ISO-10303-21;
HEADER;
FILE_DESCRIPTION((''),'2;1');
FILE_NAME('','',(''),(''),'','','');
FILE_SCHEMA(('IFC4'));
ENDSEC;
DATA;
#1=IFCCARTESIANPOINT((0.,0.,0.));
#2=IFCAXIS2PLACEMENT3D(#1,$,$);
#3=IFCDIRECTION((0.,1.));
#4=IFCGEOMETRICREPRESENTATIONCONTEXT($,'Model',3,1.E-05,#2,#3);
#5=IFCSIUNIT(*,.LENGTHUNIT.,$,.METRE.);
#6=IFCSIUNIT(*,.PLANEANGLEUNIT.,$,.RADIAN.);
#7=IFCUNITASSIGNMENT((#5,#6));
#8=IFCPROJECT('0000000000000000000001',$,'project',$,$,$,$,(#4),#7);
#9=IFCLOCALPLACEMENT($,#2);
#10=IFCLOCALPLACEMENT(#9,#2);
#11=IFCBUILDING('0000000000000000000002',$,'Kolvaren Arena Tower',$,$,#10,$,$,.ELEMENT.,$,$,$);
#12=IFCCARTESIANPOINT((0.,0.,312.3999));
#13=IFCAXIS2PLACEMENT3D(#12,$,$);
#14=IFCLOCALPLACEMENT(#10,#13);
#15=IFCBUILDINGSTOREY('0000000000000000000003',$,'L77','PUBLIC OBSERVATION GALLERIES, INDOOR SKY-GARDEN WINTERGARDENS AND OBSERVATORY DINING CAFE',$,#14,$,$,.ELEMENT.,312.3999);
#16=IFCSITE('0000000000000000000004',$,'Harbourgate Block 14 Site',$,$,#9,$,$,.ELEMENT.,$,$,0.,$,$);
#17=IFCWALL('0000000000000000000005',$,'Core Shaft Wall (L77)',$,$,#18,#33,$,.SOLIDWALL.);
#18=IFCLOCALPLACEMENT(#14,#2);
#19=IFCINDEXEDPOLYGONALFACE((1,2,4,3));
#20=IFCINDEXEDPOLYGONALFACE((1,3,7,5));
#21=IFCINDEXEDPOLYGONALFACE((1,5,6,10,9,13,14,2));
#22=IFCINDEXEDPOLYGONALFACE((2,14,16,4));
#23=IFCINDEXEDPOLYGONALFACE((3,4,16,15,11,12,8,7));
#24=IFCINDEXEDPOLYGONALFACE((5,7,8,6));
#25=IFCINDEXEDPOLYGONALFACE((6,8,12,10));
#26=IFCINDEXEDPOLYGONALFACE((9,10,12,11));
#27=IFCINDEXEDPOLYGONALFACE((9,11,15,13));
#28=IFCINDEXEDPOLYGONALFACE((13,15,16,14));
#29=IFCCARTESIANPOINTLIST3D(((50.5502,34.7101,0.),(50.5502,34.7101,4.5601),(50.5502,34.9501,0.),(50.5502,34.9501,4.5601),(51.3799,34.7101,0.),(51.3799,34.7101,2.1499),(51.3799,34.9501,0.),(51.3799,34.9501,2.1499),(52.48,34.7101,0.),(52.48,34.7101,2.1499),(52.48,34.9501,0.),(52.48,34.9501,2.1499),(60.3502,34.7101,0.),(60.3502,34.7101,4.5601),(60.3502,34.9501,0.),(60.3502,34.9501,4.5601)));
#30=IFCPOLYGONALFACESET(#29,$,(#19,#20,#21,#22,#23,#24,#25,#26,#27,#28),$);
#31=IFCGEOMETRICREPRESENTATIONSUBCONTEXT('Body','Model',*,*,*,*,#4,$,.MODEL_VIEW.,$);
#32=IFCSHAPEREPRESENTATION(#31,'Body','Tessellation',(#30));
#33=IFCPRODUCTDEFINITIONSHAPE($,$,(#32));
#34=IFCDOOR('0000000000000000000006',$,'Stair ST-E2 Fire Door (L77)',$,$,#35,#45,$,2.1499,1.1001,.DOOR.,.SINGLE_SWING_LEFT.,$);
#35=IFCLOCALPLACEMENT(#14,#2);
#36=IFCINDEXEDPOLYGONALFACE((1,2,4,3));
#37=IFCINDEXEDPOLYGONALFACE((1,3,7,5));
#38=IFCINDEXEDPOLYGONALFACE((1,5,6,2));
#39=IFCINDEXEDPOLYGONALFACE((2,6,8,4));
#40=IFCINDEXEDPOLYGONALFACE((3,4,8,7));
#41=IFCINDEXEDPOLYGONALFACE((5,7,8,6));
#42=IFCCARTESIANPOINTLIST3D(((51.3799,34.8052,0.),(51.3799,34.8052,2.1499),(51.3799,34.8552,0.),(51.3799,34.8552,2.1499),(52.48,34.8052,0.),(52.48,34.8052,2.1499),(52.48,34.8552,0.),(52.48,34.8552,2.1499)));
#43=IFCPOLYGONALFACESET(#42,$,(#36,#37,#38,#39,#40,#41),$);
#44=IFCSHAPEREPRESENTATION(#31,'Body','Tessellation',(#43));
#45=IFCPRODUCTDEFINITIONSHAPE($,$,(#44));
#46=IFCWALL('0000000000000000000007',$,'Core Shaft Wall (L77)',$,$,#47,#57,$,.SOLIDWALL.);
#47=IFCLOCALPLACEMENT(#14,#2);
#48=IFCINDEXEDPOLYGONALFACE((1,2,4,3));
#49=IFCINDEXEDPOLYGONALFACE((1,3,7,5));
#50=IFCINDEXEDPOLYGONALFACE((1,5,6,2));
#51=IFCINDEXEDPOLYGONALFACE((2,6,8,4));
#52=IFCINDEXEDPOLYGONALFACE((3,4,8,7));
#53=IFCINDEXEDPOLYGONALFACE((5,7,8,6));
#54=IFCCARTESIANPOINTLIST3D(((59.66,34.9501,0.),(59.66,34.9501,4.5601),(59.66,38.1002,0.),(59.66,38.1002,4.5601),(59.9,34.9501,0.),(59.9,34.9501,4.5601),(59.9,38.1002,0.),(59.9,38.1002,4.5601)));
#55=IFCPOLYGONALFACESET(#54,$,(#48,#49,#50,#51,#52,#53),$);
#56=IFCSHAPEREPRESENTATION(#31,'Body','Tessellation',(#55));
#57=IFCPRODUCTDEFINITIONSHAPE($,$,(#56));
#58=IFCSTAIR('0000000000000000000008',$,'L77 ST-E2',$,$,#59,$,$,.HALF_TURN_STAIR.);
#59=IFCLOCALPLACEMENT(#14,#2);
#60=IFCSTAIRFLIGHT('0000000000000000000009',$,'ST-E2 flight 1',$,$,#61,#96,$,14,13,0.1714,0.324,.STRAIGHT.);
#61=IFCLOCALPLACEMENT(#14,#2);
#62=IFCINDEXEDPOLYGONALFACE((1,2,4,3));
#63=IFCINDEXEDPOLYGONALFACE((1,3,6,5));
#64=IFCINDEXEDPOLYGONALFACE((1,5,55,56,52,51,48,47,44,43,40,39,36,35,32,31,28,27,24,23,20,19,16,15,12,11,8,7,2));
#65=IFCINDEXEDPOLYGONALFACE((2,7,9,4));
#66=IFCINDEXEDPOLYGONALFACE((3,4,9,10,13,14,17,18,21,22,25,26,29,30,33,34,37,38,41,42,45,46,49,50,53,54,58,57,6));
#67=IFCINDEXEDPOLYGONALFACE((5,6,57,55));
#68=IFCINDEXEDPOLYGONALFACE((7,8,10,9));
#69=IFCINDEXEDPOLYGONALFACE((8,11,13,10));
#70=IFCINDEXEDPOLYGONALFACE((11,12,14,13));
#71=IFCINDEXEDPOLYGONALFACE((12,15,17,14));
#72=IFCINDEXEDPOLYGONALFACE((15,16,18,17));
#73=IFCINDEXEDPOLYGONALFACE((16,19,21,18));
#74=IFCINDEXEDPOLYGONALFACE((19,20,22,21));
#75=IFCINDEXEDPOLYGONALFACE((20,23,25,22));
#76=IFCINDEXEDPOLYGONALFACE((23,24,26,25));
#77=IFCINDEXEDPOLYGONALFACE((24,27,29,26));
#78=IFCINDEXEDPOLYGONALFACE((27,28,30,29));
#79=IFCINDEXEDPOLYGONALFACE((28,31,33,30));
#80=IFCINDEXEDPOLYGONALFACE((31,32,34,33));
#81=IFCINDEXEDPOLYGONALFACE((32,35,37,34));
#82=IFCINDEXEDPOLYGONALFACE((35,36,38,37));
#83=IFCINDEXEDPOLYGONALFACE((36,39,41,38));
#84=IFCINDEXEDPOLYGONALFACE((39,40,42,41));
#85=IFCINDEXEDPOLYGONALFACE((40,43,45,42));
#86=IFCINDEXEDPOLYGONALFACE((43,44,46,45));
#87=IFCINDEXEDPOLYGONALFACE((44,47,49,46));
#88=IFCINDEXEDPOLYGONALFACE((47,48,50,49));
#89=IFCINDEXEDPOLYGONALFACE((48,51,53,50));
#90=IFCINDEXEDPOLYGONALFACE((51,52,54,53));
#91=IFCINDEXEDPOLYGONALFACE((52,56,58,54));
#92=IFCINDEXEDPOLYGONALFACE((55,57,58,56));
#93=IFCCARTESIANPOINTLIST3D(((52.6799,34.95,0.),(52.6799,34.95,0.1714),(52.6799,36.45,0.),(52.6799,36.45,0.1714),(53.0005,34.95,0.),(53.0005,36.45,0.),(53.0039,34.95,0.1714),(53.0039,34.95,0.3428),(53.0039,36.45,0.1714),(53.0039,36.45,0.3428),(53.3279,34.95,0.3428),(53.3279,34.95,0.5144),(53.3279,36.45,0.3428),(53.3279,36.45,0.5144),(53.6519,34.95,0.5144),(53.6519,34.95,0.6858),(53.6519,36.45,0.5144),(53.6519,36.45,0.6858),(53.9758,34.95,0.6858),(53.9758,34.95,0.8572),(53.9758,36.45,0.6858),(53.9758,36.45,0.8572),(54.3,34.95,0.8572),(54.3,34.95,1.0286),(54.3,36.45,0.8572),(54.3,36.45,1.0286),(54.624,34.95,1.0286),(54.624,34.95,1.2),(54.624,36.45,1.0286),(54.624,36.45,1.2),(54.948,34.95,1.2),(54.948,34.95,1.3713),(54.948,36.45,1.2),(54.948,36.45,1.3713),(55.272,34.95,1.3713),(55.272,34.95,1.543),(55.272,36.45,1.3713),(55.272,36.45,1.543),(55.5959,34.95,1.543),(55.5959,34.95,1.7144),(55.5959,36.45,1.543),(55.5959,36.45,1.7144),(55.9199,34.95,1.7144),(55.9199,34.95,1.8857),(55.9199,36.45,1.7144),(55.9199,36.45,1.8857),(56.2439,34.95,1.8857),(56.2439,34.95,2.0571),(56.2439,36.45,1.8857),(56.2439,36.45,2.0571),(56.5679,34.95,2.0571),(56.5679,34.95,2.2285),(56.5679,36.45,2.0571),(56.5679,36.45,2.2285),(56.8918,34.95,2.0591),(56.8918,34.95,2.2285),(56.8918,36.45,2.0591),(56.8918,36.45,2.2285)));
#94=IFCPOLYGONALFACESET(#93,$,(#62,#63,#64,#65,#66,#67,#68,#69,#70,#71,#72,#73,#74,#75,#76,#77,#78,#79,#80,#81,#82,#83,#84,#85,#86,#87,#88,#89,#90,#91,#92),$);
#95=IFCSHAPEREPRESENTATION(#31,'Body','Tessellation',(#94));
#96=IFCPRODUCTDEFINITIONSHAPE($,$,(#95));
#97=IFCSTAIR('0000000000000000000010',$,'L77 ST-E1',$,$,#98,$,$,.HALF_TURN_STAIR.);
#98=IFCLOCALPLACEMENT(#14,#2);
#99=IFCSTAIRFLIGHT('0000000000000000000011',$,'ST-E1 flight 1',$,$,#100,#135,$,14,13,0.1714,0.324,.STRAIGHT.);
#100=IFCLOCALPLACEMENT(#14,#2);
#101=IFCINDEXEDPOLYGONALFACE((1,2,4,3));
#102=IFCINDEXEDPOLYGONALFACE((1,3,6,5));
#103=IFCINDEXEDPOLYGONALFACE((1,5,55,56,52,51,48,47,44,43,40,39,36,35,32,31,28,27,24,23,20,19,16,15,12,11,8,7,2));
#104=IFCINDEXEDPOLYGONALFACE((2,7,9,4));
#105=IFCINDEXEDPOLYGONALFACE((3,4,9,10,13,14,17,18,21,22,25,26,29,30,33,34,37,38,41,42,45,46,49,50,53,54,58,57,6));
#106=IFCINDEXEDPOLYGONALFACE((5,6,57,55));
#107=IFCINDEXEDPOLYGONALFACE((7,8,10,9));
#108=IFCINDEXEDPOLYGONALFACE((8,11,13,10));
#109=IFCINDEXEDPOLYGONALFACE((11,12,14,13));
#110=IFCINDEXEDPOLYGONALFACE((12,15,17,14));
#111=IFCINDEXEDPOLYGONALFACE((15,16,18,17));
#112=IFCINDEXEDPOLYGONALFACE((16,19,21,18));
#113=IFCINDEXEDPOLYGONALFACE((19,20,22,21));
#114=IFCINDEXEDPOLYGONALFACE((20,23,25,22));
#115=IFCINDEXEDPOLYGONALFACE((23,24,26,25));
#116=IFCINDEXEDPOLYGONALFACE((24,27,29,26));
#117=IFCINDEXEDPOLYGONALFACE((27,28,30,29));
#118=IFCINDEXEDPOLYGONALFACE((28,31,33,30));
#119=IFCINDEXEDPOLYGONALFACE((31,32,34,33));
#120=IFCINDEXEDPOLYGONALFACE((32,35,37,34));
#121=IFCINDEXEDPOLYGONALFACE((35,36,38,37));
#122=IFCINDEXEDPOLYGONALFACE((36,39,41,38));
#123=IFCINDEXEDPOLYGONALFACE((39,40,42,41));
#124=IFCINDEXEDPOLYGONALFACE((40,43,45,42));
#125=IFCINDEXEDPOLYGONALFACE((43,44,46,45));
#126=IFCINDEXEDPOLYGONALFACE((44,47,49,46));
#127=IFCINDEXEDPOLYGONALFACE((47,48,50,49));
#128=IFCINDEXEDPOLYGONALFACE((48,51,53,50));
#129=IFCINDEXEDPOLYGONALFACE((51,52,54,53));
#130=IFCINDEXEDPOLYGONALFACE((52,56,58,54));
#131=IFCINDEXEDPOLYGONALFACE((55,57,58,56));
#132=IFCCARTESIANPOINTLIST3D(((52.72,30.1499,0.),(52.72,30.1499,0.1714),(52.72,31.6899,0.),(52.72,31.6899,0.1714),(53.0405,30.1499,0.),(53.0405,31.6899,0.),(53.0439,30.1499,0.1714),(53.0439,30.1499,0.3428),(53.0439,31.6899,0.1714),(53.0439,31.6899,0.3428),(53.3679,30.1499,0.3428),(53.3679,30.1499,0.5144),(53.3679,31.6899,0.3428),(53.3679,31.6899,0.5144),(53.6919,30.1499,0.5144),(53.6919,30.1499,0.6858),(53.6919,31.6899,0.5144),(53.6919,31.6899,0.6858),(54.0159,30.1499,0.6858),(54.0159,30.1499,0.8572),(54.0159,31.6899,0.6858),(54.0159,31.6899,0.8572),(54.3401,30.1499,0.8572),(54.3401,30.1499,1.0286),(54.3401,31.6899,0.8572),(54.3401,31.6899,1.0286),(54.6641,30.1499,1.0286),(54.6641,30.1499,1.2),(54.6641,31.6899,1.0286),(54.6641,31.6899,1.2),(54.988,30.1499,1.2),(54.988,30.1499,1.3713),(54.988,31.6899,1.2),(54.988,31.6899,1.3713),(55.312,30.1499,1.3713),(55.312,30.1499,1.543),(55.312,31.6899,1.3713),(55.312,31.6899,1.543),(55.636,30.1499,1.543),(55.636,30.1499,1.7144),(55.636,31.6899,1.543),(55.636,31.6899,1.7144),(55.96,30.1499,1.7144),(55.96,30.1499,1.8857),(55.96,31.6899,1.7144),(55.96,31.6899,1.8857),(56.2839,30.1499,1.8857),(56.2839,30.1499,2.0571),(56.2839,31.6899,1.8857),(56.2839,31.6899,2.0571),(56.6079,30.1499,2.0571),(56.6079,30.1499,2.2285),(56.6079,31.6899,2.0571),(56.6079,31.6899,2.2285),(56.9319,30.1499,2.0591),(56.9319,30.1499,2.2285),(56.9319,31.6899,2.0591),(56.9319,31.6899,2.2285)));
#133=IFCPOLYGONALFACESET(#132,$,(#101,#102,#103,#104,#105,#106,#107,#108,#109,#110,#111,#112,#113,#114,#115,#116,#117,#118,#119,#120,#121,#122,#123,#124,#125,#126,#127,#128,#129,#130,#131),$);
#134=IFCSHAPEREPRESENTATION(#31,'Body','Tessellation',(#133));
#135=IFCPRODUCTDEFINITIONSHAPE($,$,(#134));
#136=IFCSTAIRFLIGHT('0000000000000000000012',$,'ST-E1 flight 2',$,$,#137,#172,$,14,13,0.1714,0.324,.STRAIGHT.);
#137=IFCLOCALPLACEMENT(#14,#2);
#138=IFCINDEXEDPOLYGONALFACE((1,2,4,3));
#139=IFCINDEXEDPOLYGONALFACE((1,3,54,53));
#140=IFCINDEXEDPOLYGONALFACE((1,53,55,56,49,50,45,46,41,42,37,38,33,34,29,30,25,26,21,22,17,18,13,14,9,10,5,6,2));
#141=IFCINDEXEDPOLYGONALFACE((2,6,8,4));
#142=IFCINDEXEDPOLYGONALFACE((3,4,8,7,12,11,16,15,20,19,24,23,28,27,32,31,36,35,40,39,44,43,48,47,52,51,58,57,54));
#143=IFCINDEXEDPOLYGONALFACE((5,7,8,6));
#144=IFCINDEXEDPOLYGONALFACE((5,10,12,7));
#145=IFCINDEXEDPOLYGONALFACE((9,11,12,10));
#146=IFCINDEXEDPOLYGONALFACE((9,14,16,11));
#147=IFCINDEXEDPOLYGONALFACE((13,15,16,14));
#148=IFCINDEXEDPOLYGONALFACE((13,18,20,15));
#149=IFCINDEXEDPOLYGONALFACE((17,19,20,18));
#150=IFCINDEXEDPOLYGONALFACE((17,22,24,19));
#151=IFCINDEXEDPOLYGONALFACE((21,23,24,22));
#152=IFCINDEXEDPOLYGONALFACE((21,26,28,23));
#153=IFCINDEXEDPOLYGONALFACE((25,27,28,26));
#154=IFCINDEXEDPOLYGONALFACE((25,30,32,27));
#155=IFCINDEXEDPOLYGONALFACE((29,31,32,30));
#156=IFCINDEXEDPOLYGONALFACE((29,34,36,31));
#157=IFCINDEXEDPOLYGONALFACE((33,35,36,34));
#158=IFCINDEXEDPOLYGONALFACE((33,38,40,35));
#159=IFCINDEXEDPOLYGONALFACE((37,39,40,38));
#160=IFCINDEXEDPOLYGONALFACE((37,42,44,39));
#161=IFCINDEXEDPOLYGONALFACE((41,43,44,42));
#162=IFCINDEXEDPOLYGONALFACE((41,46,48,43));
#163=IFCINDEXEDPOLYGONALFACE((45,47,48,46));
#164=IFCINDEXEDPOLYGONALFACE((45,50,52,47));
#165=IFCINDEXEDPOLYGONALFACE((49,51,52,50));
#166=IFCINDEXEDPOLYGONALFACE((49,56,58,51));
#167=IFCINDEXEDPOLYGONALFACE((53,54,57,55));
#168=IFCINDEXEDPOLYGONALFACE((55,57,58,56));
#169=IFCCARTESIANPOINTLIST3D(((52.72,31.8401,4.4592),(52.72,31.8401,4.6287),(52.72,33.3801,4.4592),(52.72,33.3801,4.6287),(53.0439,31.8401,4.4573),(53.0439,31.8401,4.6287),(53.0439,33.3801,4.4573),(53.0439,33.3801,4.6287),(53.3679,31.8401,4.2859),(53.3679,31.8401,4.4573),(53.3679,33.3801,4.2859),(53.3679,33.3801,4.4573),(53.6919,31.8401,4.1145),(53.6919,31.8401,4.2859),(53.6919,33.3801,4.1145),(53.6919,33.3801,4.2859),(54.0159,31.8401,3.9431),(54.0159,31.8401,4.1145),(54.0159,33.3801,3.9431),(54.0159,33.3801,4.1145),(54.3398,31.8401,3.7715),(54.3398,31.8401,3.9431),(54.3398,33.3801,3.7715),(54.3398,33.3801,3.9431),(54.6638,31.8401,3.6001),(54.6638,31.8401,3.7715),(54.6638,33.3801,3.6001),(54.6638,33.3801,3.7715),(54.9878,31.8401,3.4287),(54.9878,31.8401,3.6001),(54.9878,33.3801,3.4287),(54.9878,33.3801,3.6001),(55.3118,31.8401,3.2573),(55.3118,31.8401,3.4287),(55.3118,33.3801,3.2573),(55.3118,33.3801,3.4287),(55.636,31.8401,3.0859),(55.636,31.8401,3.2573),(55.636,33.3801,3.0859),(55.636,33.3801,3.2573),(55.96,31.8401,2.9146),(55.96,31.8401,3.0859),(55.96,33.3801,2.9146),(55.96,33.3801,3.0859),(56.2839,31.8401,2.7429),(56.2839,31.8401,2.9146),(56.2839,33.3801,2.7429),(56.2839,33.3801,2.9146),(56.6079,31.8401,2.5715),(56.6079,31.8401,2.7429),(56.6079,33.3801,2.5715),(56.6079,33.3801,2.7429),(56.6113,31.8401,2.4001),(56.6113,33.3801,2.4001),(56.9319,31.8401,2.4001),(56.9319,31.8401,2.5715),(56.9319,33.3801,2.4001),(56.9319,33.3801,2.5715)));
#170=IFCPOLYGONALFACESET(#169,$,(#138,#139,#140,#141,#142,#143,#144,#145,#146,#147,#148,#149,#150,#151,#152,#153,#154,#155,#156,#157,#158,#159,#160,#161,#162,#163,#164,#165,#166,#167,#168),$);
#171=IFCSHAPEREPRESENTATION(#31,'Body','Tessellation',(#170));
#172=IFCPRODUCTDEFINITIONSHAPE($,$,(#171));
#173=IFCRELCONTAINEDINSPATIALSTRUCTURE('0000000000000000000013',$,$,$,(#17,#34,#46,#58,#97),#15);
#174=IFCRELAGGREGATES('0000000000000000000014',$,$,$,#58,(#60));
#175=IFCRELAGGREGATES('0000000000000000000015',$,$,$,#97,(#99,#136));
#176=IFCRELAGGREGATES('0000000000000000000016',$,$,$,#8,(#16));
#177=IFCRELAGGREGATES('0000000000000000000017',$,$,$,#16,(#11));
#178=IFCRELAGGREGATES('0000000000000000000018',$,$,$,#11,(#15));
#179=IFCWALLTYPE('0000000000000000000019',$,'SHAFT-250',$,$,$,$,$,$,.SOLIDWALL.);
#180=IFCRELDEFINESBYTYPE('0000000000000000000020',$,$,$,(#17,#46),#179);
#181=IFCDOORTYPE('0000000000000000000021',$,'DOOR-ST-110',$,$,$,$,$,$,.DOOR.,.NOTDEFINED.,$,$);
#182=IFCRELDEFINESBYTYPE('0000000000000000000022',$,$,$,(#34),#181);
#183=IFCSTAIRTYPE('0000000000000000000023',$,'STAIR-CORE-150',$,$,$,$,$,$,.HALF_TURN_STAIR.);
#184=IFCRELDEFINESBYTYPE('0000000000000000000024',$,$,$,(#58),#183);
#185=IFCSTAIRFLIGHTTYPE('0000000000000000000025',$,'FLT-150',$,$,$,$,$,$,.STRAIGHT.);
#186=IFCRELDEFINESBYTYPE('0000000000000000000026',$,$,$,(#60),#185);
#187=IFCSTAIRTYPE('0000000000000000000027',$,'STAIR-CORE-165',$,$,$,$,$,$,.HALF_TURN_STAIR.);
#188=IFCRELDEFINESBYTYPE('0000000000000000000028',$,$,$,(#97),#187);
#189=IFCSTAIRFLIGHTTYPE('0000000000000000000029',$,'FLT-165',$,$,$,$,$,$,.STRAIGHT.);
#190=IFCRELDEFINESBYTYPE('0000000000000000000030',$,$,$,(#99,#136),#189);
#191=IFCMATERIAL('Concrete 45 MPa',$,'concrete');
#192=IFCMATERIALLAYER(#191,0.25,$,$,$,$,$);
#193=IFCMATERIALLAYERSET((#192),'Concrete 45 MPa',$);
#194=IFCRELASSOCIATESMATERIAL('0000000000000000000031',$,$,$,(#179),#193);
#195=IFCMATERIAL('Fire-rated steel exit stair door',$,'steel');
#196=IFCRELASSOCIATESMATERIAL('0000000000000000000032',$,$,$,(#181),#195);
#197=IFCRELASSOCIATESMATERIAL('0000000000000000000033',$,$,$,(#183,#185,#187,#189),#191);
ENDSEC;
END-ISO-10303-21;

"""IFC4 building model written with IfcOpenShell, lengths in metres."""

from ifc_helpers import new_model, si_unit, direction, frame, frame_2d, origin, place, context, subcontext, project, spatial, polyline, rectangle, outline, extrude, material, layer, layer_set, type_object, element, fill, aggregate, save


model = new_model("IFC4")

# Units and contexts
model_context = context("Model", 3, precision=1e-05, world=origin(), true_north=direction((0.0, 1.0)))
body_context = subcontext(model_context, "Body", "Model", "MODEL_VIEW")
ifc_project = project(units=[si_unit("LENGTHUNIT", "METRE"), si_unit("PLANEANGLEUNIT", "RADIAN")], contexts=[model_context])

# Site, building, storey
site_placement = place(None, origin())
site = spatial("IfcSite", under=ifc_project, at=site_placement, Name="Harbourgate Block 14 Site", CompositionType="ELEMENT", RefElevation=0.0)
building_placement = place(site_placement, origin())
building = spatial("IfcBuilding", under=site, at=building_placement, Name="Kolvaren Arena Tower", CompositionType="ELEMENT")
storey_placement = place(building_placement, frame((0.0, 0.0, 312.3999)))
storey = spatial("IfcBuildingStorey", under=building, at=storey_placement, Name="L77", Description="PUBLIC OBSERVATION GALLERIES, INDOOR SKY-GARDEN WINTERGARDENS AND OBSERVATORY DINING CAFE", CompositionType="ELEMENT", Elevation=312.3999)

# Shared definitions
ifc_material_1 = material(Name="Concrete 45 MPa", Category="concrete")
ifc_layer = layer(ifc_material_1, 0.25)
ifc_layer_set = layer_set([ifc_layer], Name="Concrete 45 MPa")
wall_type = type_object("IfcWallType", Name="SHAFT-250", PredefinedType="SOLIDWALL", material=ifc_layer_set)

# Wall, opening, door
wall_1_placement = place(storey_placement, frame((60.3501, 34.8301, 0.0), z_axis=(0.0, 0.0, 1.0), x_axis=(-1.0, 0.0, 0.0)))
wall_1 = element("IfcWall", 1, at=wall_1_placement, inside=storey, type_object=wall_type, Name="Core Shaft Wall (L77)", PredefinedType="SOLIDWALL", context=body_context, shape_type="SweptSolid", body=[
    extrude(rectangle(XDim=9.8, YDim=0.24, at=frame_2d((4.8999, 0.0))), origin(), (0.0, 0.0, 1.0), 4.5601),
])
opening_placement = place(wall_1_placement, frame((7.8701, 0.0, 0.0)))
opening = element("IfcOpeningElement", 2, at=opening_placement, cuts=wall_1, PredefinedType="OPENING", context=body_context, shape_type="SweptSolid", body=[
    extrude(rectangle(XDim=1.1001, YDim=2.1499, at=frame_2d((0.55, 1.075))), frame((0.0, 0.1299, 0.0), z_axis=(0.0, -1.0, 0.0), x_axis=(1.0, 0.0, 0.0)), (0.0, 0.0, 1.0), 0.26),
])
ifc_material_2 = material(Name="Fire-rated steel exit stair door", Category="steel")
door_type = type_object("IfcDoorType", Name="DOOR-ST-110", OperationType="NOTDEFINED", PredefinedType="DOOR", material=ifc_material_2)
door_placement = place(opening_placement, origin())
door = element("IfcDoor", 3, at=door_placement, inside=storey, type_object=door_type, Name="Stair ST-E2 Fire Door (L77)", OperationType="SINGLE_SWING_LEFT", OverallHeight=2.1499, OverallWidth=1.1001, PredefinedType="DOOR", context=body_context, shape_type="SweptSolid", body=[
    extrude(rectangle(XDim=1.1001, YDim=2.1499, at=frame_2d((0.55, 1.075))), frame((0.0, 0.0249, 0.0), z_axis=(0.0, -1.0, 0.0), x_axis=(1.0, 0.0, 0.0)), (0.0, 0.0, 1.0), 0.05),
])
fill(opening, door)

# Wall
wall_2_placement = place(storey_placement, frame((59.78, 34.95, 0.0), z_axis=(0.0, 0.0, 1.0), x_axis=(0.0, 1.0, 0.0)))
element("IfcWall", 4, at=wall_2_placement, inside=storey, type_object=wall_type, Name="Core Shaft Wall (L77)", PredefinedType="SOLIDWALL", context=body_context, shape_type="SweptSolid", body=[
    extrude(rectangle(XDim=3.1501, YDim=0.24, at=frame_2d((1.5752, 0.0))), origin(), (0.0, 0.0, 1.0), 4.5601),
])

# Stair, stair flight
stair_type_1 = type_object("IfcStairType", Name="STAIR-CORE-150", PredefinedType="HALF_TURN_STAIR", material=ifc_material_1)
stair_1_placement = place(storey_placement, origin())
stair_1 = element("IfcStair", 5, at=stair_1_placement, inside=storey, type_object=stair_type_1, Name="L77 ST-E2", PredefinedType="HALF_TURN_STAIR")
stair_flight_type_1 = type_object("IfcStairFlightType", Name="FLT-150", PredefinedType="STRAIGHT", material=ifc_material_1)
stair_flight_1_placement = place(storey_placement, frame((52.6799, 35.7, 0.0), z_axis=(0.0, 0.0, 1.0), x_axis=(1.0, 0.0, 0.0)))
stair_flight_1 = element("IfcStairFlight", 6, at=stair_flight_1_placement, type_object=stair_flight_type_1, Name="ST-E2 flight 1", NumberOfRisers=14, NumberOfTreads=13, PredefinedType="STRAIGHT", RiserHeight=0.1714, TreadLength=0.324, context=body_context, shape_type="SweptSolid", body=[
    extrude(outline(polyline([(0.0, 0.0), (0.0, 0.1714), (0.324, 0.1714), (0.324, 0.3428), (0.6479, 0.3428), (0.6479, 0.5144), (0.9719, 0.5144), (0.9719, 0.6858), (1.2959, 0.6858), (1.2959, 0.8572), (1.6201, 0.8572), (1.6201, 1.0286), (1.9441, 1.0286), (1.9441, 1.2), (2.2681, 1.2), (2.2681, 1.3713), (2.592, 1.3713), (2.592, 1.543), (2.916, 1.543), (2.916, 1.7144), (3.24, 1.7144), (3.24, 1.8857), (3.564, 1.8857), (3.564, 2.0571), (3.8879, 2.0571), (3.8879, 2.2285), (4.2119, 2.2285), (4.2119, 2.3999), (4.2119, 2.0591), (0.3206, 0.0), (0.0, 0.0)])), frame((0.0, 0.75, 0.0), z_axis=(0.0, -1.0, 0.0), x_axis=(1.0, 0.0, 0.0)), (0.0, 0.0, 1.0), 1.5),
])
aggregate(stair_1, [stair_flight_1])

# Stair, stair flights
stair_type_2 = type_object("IfcStairType", Name="STAIR-CORE-165", PredefinedType="HALF_TURN_STAIR", material=ifc_material_1)
stair_2_placement = place(storey_placement, origin())
stair_2 = element("IfcStair", 7, at=stair_2_placement, inside=storey, type_object=stair_type_2, Name="L77 ST-E1", PredefinedType="HALF_TURN_STAIR")
stair_flight_type_2 = type_object("IfcStairFlightType", Name="FLT-165", PredefinedType="STRAIGHT", material=ifc_material_1)
stair_flight_2_placement = place(storey_placement, frame((52.72, 30.9199, 0.0), z_axis=(0.0, 0.0, 1.0), x_axis=(1.0, 0.0, 0.0)))
stair_flight_2 = element("IfcStairFlight", 8, at=stair_flight_2_placement, type_object=stair_flight_type_2, Name="ST-E1 flight 1", NumberOfRisers=14, NumberOfTreads=13, PredefinedType="STRAIGHT", RiserHeight=0.1714, TreadLength=0.324, context=body_context, shape_type="SweptSolid", body=[
    extrude(outline(polyline([(0.0, 0.0), (0.0, 0.1714), (0.324, 0.1714), (0.324, 0.3428), (0.6479, 0.3428), (0.6479, 0.5144), (0.9719, 0.5144), (0.9719, 0.6858), (1.2959, 0.6858), (1.2959, 0.8572), (1.6201, 0.8572), (1.6201, 1.0286), (1.9441, 1.0286), (1.9441, 1.2), (2.2681, 1.2), (2.2681, 1.3713), (2.592, 1.3713), (2.592, 1.543), (2.916, 1.543), (2.916, 1.7144), (3.24, 1.7144), (3.24, 1.8857), (3.564, 1.8857), (3.564, 2.0571), (3.8879, 2.0571), (3.8879, 2.2285), (4.2119, 2.2285), (4.2119, 2.3999), (4.2119, 2.0591), (0.3206, 0.0), (0.0, 0.0)])), frame((0.0, 0.77, 0.0), z_axis=(0.0, -1.0, 0.0), x_axis=(1.0, 0.0, 0.0)), (0.0, 0.0, 1.0), 1.54),
])
stair_flight_3_placement = place(storey_placement, frame((56.9319, 32.6101, 2.4001), z_axis=(0.0, 0.0, 1.0), x_axis=(-1.0, 0.0, 0.0)))
stair_flight_3 = element("IfcStairFlight", 9, at=stair_flight_3_placement, type_object=stair_flight_type_2, Name="ST-E1 flight 2", NumberOfRisers=14, NumberOfTreads=13, PredefinedType="STRAIGHT", RiserHeight=0.1714, TreadLength=0.324, context=body_context, shape_type="SweptSolid", body=[
    extrude(outline(polyline([(0.0, 0.0), (0.0, 0.1714), (0.324, 0.1714), (0.324, 0.3428), (0.6479, 0.3428), (0.6479, 0.5144), (0.9719, 0.5144), (0.9719, 0.6858), (1.2959, 0.6858), (1.2959, 0.8572), (1.6201, 0.8572), (1.6201, 1.0286), (1.9441, 1.0286), (1.9441, 1.2), (2.2681, 1.2), (2.2681, 1.3713), (2.592, 1.3713), (2.592, 1.543), (2.916, 1.543), (2.916, 1.7144), (3.24, 1.7144), (3.24, 1.8857), (3.564, 1.8857), (3.564, 2.0571), (3.8879, 2.0571), (3.8879, 2.2285), (4.2119, 2.2285), (4.2119, 2.3999), (4.2119, 2.0591), (0.3206, 0.0), (0.0, 0.0)])), frame((0.0, 0.77, 0.0), z_axis=(0.0, -1.0, 0.0), x_axis=(1.0, 0.0, 0.0)), (0.0, 0.0, 1.0), 1.54),
])
aggregate(stair_2, [stair_flight_2, stair_flight_3])

save(model, "model.ifc")
